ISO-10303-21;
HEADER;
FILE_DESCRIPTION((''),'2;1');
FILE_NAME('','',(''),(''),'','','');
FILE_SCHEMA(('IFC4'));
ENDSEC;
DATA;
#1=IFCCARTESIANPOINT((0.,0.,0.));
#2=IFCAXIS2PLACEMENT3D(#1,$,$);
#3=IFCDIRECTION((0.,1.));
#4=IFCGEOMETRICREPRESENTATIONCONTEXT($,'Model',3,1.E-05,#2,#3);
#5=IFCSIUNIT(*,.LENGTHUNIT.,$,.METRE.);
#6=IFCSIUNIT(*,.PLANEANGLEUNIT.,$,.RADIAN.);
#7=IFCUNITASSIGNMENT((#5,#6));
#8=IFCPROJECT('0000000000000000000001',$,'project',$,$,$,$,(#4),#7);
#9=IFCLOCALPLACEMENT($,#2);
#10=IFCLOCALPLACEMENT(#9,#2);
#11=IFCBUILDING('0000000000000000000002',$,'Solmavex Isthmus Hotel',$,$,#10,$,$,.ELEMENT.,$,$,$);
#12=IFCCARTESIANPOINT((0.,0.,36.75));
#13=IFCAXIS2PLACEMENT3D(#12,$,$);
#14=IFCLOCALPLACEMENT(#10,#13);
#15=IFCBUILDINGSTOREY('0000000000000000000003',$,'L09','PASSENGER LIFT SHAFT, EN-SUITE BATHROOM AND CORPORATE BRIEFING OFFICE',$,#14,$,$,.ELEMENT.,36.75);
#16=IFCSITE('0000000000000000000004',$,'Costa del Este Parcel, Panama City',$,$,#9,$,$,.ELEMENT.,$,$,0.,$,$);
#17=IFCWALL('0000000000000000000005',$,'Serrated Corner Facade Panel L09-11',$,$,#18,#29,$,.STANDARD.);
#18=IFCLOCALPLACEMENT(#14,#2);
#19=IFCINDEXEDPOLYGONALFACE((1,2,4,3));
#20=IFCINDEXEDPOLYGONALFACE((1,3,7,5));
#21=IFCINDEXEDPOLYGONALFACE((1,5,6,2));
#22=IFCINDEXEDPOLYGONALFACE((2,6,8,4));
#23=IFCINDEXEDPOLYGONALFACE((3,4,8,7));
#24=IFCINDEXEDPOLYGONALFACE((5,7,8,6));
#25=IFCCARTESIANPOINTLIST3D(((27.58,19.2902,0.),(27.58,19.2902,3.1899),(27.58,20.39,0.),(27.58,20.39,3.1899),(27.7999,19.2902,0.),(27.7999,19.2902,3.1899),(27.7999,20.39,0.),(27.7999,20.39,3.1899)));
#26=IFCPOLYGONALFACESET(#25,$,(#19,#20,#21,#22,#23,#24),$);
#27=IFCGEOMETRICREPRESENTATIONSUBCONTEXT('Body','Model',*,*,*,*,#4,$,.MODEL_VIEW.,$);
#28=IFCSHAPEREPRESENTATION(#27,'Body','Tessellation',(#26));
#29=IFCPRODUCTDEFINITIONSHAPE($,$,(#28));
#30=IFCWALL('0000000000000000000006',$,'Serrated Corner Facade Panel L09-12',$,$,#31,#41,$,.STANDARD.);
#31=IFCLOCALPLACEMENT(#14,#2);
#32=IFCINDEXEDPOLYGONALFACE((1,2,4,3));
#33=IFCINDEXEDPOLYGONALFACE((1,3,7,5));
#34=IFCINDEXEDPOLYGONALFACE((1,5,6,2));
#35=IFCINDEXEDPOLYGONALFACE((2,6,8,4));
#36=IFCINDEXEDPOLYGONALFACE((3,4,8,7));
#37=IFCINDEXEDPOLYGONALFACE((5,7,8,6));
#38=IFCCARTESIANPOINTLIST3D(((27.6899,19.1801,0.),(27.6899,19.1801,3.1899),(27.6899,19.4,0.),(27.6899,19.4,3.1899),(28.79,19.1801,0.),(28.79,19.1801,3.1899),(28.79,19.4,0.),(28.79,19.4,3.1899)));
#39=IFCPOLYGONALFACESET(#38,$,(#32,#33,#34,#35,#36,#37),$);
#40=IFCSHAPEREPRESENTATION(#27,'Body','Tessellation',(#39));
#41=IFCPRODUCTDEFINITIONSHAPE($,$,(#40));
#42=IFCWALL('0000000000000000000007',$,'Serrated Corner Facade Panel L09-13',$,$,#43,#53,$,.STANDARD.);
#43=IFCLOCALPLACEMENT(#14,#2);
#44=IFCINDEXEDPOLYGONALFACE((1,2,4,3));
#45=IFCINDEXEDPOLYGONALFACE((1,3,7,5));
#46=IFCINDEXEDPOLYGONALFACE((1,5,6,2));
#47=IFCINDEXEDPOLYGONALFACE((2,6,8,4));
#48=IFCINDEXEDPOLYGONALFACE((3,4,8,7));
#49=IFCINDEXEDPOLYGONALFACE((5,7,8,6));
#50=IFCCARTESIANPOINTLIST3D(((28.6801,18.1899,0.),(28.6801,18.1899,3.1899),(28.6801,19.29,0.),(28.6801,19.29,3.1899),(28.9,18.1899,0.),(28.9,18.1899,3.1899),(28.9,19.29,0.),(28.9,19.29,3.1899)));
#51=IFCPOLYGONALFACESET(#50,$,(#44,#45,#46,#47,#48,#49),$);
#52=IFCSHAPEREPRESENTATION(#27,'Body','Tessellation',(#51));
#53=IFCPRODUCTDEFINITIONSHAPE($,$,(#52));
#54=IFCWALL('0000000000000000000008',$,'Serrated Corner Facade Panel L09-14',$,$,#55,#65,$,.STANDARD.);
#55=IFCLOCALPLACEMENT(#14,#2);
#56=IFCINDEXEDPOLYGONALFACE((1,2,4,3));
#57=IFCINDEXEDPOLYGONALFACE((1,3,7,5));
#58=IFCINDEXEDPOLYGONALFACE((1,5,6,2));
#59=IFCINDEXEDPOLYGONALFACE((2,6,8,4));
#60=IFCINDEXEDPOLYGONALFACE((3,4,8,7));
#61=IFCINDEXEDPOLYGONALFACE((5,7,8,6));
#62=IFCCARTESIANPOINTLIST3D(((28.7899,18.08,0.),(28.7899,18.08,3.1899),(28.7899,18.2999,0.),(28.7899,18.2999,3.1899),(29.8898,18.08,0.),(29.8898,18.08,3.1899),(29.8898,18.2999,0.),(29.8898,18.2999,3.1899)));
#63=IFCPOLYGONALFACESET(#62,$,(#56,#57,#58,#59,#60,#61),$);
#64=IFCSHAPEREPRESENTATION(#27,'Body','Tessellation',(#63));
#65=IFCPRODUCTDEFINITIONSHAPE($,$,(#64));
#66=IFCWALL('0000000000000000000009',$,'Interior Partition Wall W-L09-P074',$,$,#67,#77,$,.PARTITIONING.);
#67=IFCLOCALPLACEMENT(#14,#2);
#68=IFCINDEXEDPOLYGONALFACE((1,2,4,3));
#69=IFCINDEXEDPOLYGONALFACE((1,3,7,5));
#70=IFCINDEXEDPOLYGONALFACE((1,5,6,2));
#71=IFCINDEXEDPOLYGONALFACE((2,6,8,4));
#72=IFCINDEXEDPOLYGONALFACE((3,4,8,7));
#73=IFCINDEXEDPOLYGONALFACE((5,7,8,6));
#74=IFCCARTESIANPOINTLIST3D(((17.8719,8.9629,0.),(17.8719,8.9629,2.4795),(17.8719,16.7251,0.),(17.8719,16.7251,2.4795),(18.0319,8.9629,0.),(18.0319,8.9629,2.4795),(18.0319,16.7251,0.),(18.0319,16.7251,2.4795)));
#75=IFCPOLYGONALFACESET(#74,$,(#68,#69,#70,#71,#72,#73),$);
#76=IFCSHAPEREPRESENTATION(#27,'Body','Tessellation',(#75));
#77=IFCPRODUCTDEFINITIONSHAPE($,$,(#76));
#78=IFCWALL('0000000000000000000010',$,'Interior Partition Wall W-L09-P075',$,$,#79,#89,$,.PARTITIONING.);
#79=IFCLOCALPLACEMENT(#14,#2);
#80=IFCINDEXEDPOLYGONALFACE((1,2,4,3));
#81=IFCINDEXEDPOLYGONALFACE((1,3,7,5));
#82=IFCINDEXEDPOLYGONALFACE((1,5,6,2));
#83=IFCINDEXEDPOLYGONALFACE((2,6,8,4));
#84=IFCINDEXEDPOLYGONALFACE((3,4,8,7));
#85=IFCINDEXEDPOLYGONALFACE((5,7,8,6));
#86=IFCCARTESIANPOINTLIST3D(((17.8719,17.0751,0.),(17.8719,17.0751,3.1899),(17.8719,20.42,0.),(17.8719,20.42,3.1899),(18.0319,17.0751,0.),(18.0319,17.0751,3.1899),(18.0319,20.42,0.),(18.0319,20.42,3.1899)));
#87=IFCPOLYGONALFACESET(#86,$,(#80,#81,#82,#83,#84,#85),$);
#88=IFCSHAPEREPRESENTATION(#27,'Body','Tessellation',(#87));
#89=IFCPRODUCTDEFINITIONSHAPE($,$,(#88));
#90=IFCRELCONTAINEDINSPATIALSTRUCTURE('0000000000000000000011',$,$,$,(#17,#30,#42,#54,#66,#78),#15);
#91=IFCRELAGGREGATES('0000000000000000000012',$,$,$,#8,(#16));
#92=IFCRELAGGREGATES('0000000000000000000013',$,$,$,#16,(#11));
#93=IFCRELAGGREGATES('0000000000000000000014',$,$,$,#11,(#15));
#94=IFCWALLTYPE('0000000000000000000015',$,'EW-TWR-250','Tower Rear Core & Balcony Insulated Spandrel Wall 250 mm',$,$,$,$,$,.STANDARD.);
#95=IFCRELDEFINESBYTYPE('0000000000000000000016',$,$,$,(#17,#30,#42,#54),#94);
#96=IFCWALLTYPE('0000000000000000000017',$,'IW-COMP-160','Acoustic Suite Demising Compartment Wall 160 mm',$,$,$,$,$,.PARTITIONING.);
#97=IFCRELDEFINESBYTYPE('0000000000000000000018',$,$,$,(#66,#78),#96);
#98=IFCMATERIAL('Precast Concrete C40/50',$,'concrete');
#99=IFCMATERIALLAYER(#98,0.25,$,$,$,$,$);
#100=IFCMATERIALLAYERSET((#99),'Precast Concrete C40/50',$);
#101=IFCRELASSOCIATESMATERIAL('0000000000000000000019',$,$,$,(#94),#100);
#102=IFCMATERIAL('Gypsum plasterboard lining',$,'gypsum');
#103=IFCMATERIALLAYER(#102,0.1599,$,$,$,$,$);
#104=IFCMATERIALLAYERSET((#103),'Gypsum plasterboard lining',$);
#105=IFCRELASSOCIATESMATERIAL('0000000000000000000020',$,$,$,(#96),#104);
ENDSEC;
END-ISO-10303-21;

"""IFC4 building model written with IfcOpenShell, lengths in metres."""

from ifc_helpers import new_model, si_unit, direction, frame, frame_2d, origin, place, context, subcontext, project, spatial, rectangle, extrude, material, layer, layer_set, type_object, element, save


model = new_model("IFC4")

# Units and contexts
model_context = context("Model", 3, precision=1e-05, world=origin(), true_north=direction((0.0, 1.0)))
body_context = subcontext(model_context, "Body", "Model", "MODEL_VIEW")
ifc_project = project(units=[si_unit("LENGTHUNIT", "METRE"), si_unit("PLANEANGLEUNIT", "RADIAN")], contexts=[model_context])

# Site, building, storey
site_placement = place(None, origin())
site = spatial("IfcSite", under=ifc_project, at=site_placement, Name="Costa del Este Parcel, Panama City", CompositionType="ELEMENT", RefElevation=0.0)
building_placement = place(site_placement, origin())
building = spatial("IfcBuilding", under=site, at=building_placement, Name="Solmavex Isthmus Hotel", CompositionType="ELEMENT")
storey_placement = place(building_placement, frame((0.0, 0.0, 36.75)))
storey = spatial("IfcBuildingStorey", under=building, at=storey_placement, Name="L09", Description="PASSENGER LIFT SHAFT, EN-SUITE BATHROOM AND CORPORATE BRIEFING OFFICE", CompositionType="ELEMENT", Elevation=36.75)

# Walls
ifc_material_1 = material(Name="Precast Concrete C40/50", Category="concrete")
ifc_layer_1 = layer(ifc_material_1, 0.25)
ifc_layer_set_1 = layer_set([ifc_layer_1], Name="Precast Concrete C40/50")
wall_type_1 = type_object("IfcWallType", Name="EW-TWR-250", Description="Tower Rear Core & Balcony Insulated Spandrel Wall 250 mm", PredefinedType="STANDARD", material=ifc_layer_set_1)
wall_1_placement = place(storey_placement, frame((27.6899, 20.3899, 0.0), z_axis=(0.0, 0.0, 1.0), x_axis=(0.0, -1.0, 0.0)))
element("IfcWall", 1, at=wall_1_placement, inside=storey, type_object=wall_type_1, Name="Serrated Corner Facade Panel L09-11", PredefinedType="STANDARD", context=body_context, shape_type="SweptSolid", body=[
    extrude(rectangle(XDim=1.0999, YDim=0.22, at=frame_2d((0.5498, 0.0))), origin(), (0.0, 0.0, 1.0), 3.1899),
])
for number, where, z_axis, x_axis, name in (
    (2, (27.6899, 19.29, 0.0), (0.0, 0.0, 1.0), (1.0, 0.0, 0.0), "Serrated Corner Facade Panel L09-12"),
    (3, (28.79, 19.29, 0.0), (0.0, 0.0, 1.0), (0.0, -1.0, 0.0), "Serrated Corner Facade Panel L09-13"),
):
    element("IfcWall", number, at=place(storey_placement, frame(where, z_axis=z_axis, x_axis=x_axis)), inside=storey, type_object=wall_type_1, Name=name, PredefinedType="STANDARD", context=body_context, shape_type="SweptSolid", body=[
        extrude(rectangle(XDim=1.1001, YDim=0.22, at=frame_2d((0.55, 0.0))), origin(), (0.0, 0.0, 1.0), 3.1899),
    ])
wall_2_placement = place(storey_placement, frame((28.79, 18.1899, 0.0), z_axis=(0.0, 0.0, 1.0), x_axis=(1.0, 0.0, 0.0)))
element("IfcWall", 4, at=wall_2_placement, inside=storey, type_object=wall_type_1, Name="Serrated Corner Facade Panel L09-14", PredefinedType="STANDARD", context=body_context, shape_type="SweptSolid", body=[
    extrude(rectangle(XDim=1.0999, YDim=0.22, at=frame_2d((0.5498, 0.0))), origin(), (0.0, 0.0, 1.0), 3.1899),
])
ifc_material_2 = material(Name="Gypsum plasterboard lining", Category="gypsum")
ifc_layer_2 = layer(ifc_material_2, 0.1599)
ifc_layer_set_2 = layer_set([ifc_layer_2], Name="Gypsum plasterboard lining")
wall_type_2 = type_object("IfcWallType", Name="IW-COMP-160", Description="Acoustic Suite Demising Compartment Wall 160 mm", PredefinedType="PARTITIONING", material=ifc_layer_set_2)
wall_3_placement = place(storey_placement, frame((17.9519, 16.7251, 0.0), z_axis=(0.0, 0.0, 1.0), x_axis=(0.0, -1.0, 0.0)))
element("IfcWall", 5, at=wall_3_placement, inside=storey, type_object=wall_type_2, Name="Interior Partition Wall W-L09-P074", PredefinedType="PARTITIONING", context=body_context, shape_type="SweptSolid", body=[
    extrude(rectangle(XDim=7.7622, YDim=0.1599, at=frame_2d((3.8811, 0.0))), origin(), (0.0, 0.0, 1.0), 2.4795),
])
wall_4_placement = place(storey_placement, frame((17.9519, 20.4199, 0.0), z_axis=(0.0, 0.0, 1.0), x_axis=(0.0, -1.0, 0.0)))
element("IfcWall", 6, at=wall_4_placement, inside=storey, type_object=wall_type_2, Name="Interior Partition Wall W-L09-P075", PredefinedType="PARTITIONING", context=body_context, shape_type="SweptSolid", body=[
    extrude(rectangle(XDim=3.345, YDim=0.1599, at=frame_2d((1.6724, 0.0))), origin(), (0.0, 0.0, 1.0), 3.1899),
])

save(model, "model.ifc")
